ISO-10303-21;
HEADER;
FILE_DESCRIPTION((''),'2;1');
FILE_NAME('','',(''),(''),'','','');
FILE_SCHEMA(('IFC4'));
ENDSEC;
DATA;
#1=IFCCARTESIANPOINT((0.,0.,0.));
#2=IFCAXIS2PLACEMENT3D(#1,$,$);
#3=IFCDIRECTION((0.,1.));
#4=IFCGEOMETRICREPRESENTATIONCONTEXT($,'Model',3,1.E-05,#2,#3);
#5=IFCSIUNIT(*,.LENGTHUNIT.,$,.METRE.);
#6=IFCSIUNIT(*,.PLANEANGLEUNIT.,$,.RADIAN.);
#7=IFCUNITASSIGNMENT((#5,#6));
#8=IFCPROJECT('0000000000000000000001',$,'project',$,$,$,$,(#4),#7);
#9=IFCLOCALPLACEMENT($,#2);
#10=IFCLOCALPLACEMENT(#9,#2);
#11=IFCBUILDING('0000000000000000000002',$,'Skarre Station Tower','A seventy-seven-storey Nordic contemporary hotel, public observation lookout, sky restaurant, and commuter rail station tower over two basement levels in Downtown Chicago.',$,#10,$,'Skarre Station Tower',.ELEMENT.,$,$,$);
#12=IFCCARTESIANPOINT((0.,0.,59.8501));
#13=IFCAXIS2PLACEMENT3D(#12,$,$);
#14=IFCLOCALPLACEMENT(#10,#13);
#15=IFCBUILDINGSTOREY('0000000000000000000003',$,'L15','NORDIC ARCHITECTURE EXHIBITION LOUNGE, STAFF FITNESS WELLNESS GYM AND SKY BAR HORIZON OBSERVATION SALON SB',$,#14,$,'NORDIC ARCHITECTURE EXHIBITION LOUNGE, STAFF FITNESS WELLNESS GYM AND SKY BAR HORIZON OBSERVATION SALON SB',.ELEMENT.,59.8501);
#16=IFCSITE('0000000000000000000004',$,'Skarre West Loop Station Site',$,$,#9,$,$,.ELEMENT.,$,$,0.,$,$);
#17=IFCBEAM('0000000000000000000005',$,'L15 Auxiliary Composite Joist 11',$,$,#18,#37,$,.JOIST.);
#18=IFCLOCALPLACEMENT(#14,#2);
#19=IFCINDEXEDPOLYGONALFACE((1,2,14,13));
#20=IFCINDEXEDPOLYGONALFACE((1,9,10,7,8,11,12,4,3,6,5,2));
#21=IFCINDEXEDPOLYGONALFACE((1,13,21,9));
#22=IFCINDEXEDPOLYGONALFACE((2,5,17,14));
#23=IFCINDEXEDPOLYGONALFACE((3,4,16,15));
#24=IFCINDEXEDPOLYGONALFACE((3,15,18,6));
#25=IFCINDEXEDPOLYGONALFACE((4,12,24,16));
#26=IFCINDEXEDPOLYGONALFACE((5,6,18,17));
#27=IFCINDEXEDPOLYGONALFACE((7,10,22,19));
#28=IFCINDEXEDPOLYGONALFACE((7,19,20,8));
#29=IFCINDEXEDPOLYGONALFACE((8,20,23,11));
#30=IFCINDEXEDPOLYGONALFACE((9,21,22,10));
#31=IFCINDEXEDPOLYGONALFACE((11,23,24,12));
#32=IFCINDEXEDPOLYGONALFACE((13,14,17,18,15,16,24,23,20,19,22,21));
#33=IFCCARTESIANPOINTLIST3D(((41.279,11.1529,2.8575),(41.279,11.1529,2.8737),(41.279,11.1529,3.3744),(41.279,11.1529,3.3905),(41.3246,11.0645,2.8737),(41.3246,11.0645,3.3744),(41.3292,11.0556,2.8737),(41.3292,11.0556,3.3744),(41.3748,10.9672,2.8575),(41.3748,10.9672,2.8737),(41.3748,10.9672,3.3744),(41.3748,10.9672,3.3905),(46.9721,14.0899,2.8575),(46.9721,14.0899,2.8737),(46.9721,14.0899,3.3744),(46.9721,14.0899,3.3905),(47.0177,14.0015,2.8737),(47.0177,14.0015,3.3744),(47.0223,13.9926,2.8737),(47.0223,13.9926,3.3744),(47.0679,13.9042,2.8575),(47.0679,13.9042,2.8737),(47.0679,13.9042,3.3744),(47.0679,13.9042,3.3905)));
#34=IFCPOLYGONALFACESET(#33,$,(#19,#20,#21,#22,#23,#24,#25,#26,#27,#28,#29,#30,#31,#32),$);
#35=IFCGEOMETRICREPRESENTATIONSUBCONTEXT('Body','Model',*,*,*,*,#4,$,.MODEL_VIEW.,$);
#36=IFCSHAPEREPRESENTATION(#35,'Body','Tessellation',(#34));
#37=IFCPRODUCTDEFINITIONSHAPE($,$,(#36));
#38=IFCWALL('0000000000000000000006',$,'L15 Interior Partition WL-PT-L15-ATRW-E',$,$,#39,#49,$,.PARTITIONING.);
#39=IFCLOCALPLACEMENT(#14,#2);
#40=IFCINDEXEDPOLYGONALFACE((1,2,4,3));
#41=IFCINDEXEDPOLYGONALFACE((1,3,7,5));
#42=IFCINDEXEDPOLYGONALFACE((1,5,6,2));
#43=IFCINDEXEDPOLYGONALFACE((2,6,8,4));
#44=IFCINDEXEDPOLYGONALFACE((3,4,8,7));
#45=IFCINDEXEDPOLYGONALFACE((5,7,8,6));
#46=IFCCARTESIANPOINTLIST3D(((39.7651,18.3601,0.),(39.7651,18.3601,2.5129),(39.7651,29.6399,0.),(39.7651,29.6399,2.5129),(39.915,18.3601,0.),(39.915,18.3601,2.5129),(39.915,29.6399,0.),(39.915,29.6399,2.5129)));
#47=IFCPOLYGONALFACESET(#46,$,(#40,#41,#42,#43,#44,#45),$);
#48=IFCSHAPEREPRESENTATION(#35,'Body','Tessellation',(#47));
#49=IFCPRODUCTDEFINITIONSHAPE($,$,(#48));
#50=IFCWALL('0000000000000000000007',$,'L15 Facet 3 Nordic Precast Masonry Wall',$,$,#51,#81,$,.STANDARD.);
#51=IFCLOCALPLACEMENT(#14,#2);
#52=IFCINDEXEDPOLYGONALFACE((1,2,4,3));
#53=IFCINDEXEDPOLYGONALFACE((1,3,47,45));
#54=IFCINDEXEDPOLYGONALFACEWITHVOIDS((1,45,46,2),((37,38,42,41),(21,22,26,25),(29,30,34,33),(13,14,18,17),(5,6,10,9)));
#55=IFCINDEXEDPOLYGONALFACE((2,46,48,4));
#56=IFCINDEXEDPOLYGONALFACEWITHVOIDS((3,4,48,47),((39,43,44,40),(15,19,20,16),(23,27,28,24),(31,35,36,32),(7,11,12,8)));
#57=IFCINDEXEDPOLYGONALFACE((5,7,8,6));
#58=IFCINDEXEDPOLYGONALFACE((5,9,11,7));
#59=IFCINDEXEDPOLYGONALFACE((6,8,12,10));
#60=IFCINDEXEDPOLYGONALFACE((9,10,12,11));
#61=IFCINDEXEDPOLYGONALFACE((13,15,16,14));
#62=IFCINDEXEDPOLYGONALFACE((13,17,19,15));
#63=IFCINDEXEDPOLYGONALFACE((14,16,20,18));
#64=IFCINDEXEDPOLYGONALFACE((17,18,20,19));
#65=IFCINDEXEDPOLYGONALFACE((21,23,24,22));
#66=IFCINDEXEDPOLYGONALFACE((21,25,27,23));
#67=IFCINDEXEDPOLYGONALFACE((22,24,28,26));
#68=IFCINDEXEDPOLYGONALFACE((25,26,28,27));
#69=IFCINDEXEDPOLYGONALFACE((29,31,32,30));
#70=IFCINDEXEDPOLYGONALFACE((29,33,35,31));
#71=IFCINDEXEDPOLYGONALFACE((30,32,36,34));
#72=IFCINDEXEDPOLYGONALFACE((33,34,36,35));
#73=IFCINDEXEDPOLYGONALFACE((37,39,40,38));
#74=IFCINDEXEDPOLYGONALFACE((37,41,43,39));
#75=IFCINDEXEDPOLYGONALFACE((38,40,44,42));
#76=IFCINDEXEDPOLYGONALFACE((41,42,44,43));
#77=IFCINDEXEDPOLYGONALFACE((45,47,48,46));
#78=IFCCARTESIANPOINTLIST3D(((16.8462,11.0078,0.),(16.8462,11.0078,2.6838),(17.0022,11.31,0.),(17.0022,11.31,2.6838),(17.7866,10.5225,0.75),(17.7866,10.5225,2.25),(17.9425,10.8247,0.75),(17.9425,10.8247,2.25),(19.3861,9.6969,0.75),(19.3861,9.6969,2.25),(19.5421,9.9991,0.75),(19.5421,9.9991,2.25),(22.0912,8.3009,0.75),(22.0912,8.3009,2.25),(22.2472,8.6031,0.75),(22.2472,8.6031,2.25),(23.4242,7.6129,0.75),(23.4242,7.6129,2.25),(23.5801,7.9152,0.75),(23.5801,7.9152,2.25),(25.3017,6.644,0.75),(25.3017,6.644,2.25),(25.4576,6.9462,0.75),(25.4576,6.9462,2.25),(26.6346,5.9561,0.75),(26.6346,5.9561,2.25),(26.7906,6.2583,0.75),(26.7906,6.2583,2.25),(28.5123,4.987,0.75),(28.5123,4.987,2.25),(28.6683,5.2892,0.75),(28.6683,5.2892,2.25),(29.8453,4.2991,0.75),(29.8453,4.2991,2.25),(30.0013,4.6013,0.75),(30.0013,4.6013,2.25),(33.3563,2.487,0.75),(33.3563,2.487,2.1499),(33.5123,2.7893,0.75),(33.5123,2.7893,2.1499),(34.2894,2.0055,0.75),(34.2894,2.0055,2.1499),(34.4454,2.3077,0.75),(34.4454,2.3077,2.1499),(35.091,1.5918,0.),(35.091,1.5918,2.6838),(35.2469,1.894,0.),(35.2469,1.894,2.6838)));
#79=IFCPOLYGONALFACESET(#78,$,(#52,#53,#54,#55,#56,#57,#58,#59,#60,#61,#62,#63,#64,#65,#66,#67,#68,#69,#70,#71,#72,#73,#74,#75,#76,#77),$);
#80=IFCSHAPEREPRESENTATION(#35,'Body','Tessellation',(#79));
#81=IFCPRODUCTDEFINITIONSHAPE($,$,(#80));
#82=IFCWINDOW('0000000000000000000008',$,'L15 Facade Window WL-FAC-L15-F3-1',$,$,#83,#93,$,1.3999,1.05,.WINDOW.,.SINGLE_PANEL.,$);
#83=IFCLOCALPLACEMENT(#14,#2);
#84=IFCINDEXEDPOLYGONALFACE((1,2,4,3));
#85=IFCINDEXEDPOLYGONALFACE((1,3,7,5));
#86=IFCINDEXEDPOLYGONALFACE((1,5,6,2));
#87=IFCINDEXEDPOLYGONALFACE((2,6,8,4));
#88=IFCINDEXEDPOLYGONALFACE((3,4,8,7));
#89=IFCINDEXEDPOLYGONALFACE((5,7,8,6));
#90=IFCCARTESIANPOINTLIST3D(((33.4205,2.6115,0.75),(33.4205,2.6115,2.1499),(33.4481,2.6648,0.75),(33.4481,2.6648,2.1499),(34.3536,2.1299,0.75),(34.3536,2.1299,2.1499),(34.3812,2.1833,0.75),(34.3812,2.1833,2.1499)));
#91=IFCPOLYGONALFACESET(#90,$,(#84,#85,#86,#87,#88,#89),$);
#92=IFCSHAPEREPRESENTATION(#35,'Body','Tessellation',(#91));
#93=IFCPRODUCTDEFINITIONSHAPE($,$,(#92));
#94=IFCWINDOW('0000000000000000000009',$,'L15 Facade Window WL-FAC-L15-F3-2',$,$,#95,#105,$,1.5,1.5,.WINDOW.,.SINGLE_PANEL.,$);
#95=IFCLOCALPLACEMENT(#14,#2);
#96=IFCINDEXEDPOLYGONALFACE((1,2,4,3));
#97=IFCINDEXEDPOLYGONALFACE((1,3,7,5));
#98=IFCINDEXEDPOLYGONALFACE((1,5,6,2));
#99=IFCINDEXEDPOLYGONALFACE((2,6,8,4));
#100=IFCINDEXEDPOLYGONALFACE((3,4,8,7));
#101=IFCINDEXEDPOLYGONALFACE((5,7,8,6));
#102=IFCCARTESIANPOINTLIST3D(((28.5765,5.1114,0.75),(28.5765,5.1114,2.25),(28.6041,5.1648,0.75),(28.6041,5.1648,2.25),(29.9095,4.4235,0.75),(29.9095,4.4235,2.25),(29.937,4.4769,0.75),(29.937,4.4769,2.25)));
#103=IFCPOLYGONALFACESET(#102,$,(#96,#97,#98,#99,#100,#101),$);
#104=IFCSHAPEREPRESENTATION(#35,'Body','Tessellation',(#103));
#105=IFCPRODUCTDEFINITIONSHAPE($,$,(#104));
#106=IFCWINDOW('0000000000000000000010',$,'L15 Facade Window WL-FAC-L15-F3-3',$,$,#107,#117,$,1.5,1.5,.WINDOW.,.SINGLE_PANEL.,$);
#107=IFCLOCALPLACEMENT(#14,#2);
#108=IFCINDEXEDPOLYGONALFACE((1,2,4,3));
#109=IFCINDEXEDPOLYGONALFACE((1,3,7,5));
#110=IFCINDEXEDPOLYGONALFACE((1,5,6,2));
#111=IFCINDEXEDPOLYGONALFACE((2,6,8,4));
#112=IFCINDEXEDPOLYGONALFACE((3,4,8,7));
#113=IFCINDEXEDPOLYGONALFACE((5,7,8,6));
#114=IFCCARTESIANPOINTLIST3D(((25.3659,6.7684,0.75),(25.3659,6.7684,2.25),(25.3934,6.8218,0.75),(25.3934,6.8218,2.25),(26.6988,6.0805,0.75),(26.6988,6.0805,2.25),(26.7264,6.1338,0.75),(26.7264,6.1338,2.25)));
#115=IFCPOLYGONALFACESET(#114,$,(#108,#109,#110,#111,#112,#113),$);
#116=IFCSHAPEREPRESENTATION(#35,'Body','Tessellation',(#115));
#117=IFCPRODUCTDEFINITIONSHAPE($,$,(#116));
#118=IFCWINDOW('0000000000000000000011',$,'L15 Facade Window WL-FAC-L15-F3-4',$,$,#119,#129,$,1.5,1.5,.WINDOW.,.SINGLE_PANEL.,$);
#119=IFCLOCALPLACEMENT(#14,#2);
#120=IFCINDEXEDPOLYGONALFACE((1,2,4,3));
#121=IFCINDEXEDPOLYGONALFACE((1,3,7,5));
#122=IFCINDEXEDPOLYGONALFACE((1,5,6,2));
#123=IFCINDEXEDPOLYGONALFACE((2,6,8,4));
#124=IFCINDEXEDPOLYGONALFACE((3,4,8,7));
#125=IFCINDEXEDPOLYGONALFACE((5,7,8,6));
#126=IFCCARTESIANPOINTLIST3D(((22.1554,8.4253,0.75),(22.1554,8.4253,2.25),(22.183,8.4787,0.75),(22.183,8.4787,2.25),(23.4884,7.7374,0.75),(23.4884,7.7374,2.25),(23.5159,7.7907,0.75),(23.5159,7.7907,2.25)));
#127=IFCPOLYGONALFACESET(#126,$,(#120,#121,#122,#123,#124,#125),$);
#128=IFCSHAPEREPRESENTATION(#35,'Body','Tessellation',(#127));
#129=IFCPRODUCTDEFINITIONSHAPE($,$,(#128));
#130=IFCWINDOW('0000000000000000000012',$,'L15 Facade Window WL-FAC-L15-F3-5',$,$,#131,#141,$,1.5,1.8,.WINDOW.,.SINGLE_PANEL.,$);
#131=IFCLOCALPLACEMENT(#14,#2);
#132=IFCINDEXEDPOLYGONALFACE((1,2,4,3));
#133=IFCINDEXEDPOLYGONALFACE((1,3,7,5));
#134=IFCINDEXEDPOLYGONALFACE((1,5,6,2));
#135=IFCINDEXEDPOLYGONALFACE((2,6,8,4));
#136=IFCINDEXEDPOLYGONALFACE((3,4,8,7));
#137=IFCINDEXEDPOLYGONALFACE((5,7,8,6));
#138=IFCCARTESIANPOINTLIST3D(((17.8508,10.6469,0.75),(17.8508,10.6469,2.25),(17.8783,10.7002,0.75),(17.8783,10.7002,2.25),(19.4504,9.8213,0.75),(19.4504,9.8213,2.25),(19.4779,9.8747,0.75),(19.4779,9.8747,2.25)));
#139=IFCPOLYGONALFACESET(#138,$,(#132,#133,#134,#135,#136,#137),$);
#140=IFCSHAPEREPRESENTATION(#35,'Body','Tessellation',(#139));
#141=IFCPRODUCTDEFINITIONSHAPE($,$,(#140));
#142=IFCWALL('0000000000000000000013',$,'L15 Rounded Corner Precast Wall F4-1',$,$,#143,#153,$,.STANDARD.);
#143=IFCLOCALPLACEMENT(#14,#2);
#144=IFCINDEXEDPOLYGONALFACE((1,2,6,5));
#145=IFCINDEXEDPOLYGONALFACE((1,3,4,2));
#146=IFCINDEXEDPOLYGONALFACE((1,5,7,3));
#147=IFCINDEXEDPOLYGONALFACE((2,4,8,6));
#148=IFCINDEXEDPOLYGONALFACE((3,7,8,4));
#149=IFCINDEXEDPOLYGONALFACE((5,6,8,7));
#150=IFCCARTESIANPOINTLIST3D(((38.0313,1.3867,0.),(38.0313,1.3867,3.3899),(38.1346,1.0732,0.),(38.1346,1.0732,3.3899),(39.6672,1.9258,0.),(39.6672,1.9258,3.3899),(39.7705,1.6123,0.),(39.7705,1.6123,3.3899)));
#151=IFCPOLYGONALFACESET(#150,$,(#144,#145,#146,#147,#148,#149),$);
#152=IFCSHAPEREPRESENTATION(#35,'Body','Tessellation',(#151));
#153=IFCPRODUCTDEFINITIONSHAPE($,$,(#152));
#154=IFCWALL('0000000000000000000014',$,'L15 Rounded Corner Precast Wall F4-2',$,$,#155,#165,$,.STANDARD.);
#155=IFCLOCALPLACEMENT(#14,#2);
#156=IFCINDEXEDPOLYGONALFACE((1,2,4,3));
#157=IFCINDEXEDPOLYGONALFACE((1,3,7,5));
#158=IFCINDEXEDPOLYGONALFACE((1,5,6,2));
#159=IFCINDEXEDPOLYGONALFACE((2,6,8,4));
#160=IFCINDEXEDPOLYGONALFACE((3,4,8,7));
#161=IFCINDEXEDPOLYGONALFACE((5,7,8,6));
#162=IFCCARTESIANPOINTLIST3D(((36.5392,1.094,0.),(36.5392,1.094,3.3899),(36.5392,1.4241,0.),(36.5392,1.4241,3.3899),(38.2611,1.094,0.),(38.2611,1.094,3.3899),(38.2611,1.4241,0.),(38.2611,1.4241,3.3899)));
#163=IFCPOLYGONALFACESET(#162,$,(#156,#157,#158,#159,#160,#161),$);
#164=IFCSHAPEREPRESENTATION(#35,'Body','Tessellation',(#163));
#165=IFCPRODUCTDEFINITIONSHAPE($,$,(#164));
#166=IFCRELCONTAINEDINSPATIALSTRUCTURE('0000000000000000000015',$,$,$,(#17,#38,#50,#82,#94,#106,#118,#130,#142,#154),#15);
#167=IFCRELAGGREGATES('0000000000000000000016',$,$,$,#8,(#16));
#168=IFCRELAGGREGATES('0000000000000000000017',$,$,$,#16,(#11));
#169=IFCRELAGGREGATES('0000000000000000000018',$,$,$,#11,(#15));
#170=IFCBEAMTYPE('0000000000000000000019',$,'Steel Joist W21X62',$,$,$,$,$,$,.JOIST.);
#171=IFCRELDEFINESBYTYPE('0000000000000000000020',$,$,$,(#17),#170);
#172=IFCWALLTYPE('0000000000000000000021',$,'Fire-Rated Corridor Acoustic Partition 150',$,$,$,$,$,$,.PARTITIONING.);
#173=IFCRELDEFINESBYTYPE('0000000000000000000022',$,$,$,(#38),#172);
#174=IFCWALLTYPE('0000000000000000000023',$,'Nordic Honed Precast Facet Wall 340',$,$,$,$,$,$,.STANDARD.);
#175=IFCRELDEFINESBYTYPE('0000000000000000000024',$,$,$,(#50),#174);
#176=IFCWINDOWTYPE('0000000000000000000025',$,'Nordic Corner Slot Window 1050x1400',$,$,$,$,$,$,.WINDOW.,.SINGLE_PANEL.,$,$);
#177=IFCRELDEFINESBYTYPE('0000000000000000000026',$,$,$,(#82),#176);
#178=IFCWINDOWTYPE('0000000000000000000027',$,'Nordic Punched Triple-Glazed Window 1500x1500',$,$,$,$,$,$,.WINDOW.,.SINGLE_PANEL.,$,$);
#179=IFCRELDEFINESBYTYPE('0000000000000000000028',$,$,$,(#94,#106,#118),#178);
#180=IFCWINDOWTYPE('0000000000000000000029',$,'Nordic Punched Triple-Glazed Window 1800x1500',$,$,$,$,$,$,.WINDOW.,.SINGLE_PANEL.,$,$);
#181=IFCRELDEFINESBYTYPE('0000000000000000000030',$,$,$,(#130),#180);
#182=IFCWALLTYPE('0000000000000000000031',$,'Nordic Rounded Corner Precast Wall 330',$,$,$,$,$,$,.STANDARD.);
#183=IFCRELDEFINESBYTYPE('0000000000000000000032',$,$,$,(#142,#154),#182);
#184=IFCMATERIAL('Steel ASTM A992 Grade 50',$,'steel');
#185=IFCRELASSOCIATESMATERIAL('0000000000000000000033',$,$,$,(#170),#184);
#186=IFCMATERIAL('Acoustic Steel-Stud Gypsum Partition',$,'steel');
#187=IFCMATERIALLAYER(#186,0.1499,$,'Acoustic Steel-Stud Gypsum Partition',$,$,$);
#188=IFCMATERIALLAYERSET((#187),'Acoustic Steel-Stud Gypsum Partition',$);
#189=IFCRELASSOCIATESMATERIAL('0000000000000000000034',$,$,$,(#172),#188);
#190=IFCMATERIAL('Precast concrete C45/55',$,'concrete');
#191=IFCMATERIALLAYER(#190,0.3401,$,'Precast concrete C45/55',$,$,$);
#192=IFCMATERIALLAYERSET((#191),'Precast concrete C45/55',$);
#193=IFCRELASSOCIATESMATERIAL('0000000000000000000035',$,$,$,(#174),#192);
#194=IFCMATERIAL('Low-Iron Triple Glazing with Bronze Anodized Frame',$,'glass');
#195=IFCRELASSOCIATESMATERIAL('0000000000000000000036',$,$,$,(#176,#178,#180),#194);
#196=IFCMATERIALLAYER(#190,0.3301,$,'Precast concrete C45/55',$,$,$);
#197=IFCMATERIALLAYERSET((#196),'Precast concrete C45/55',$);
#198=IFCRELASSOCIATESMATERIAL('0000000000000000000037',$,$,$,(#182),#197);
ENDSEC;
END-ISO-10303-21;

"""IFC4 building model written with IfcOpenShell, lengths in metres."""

from ifc_helpers import new_model, si_unit, direction, frame, frame_2d, origin, origin_2d, place, context, subcontext, project, spatial, rectangle, i_section, extrude, material, layer, layer_set, material_profile, profile_set, type_object, element, fill, save


model = new_model("IFC4")

# Units and contexts
model_context = context("Model", 3, precision=1e-05, world=origin(), true_north=direction((0.0, 1.0)))
body_context = subcontext(model_context, "Body", "Model", "MODEL_VIEW")
ifc_project = project(units=[si_unit("LENGTHUNIT", "METRE"), si_unit("PLANEANGLEUNIT", "RADIAN")], contexts=[model_context])

# Site, building, storey
site_placement = place(None, origin())
site = spatial("IfcSite", under=ifc_project, at=site_placement, Name="Skarre West Loop Station Site", CompositionType="ELEMENT", RefElevation=0.0)
building_placement = place(site_placement, origin())
building = spatial("IfcBuilding", under=site, at=building_placement, Name="Skarre Station Tower", Description="A seventy-seven-storey Nordic contemporary hotel, public observation lookout, sky restaurant, and commuter rail station tower over two basement levels in Downtown Chicago.", LongName="Skarre Station Tower", CompositionType="ELEMENT")
storey_placement = place(building_placement, frame((0.0, 0.0, 59.8501)))
storey = spatial("IfcBuildingStorey", under=building, at=storey_placement, Name="L15", Description="NORDIC ARCHITECTURE EXHIBITION LOUNGE, STAFF FITNESS WELLNESS GYM AND SKY BAR HORIZON OBSERVATION SALON SB", LongName="NORDIC ARCHITECTURE EXHIBITION LOUNGE, STAFF FITNESS WELLNESS GYM AND SKY BAR HORIZON OBSERVATION SALON SB", CompositionType="ELEMENT", Elevation=59.8501)

# Beam
ifc_material_1 = material(Name="Steel ASTM A992 Grade 50", Category="steel")
ifc_material_profile_1 = material_profile(ifc_material_1, i_section(OverallWidth=0.209, OverallDepth=0.533, WebThickness=0.01, FlangeThickness=0.0161, at=origin_2d()), Name="Steel ASTM A992 Grade 50")
ifc_profile_set_1 = profile_set([ifc_material_profile_1], Name="Steel ASTM A992 Grade 50")
beam_type_1 = type_object("IfcBeamType", Name="Steel Joist W21X62", PredefinedType="JOIST", material=ifc_profile_set_1)
beam_1_placement = place(storey_placement, frame((41.3269, 11.0601, 3.124), z_axis=(0.888708, 0.458474, 0.0), x_axis=(-0.458474, 0.888708, 0.0)))
element("IfcBeam", 1, at=beam_1_placement, inside=storey, type_object=beam_type_1, Name="L15 Auxiliary Composite Joist 11", PredefinedType="JOIST", context=body_context, shape_type="SweptSolid", body=[
    extrude(i_section(OverallWidth=0.209, OverallDepth=0.533, WebThickness=0.01, FlangeThickness=0.0161, at=origin_2d()), origin(), (0.0, 0.0, 1.0), 6.406),
])

# Wall
ifc_material_2 = material(Name="Acoustic Steel-Stud Gypsum Partition", Category="steel")
ifc_layer_1 = layer(ifc_material_2, 0.1499, Name="Acoustic Steel-Stud Gypsum Partition")
ifc_layer_set_1 = layer_set([ifc_layer_1], Name="Acoustic Steel-Stud Gypsum Partition")
wall_type_1 = type_object("IfcWallType", Name="Fire-Rated Corridor Acoustic Partition 150", PredefinedType="PARTITIONING", material=ifc_layer_set_1)
wall_1_placement = place(storey_placement, frame((39.8401, 18.3601, 0.0), z_axis=(0.0, 0.0, 1.0), x_axis=(0.0, 1.0, 0.0)))
element("IfcWall", 2, at=wall_1_placement, inside=storey, type_object=wall_type_1, Name="L15 Interior Partition WL-PT-L15-ATRW-E", PredefinedType="PARTITIONING", context=body_context, shape_type="SweptSolid", body=[
    extrude(rectangle(XDim=11.2798, YDim=0.1499, at=frame_2d((5.6399, 0.0))), origin(), (0.0, 0.0, 1.0), 2.5129),
])

# Wall, openings, windows
ifc_material_3 = material(Name="Precast concrete C45/55", Category="concrete")
ifc_layer_2 = layer(ifc_material_3, 0.3401, Name="Precast concrete C45/55")
ifc_layer_set_2 = layer_set([ifc_layer_2], Name="Precast concrete C45/55")
wall_type_2 = type_object("IfcWallType", Name="Nordic Honed Precast Facet Wall 340", PredefinedType="STANDARD", material=ifc_layer_set_2)
wall_2_placement = place(storey_placement, frame((35.1689, 1.7429, 0.0), z_axis=(0.0, 0.0, 1.0), x_axis=(-0.888634, 0.458616, 0.0)))
wall_2 = element("IfcWall", 3, at=wall_2_placement, inside=storey, type_object=wall_type_2, Name="L15 Facet 3 Nordic Precast Masonry Wall", PredefinedType="STANDARD", context=body_context, shape_type="SweptSolid", body=[
    extrude(rectangle(XDim=20.5312, YDim=0.3401, at=frame_2d((10.2656, 0.0))), origin(), (0.0, 0.0, 1.0), 2.6838),
])
opening_1_placement = place(wall_2_placement, frame((0.9021, 0.0, 0.75)))
opening_1 = element("IfcOpeningElement", 4, at=opening_1_placement, cuts=wall_2, PredefinedType="OPENING", context=body_context, shape_type="SweptSolid", body=[
    extrude(rectangle(XDim=1.05, YDim=1.3999, at=frame_2d((0.5249, 0.7))), frame((0.0, 0.1799, 0.0), z_axis=(0.0, -1.0, 0.0), x_axis=(1.0, 0.0, 0.0)), (0.0, 0.0, 1.0), 0.3601),
])
opening_2_placement = place(wall_2_placement, frame((5.9031, 0.0, 0.75)))
opening_2 = element("IfcOpeningElement", 5, at=opening_2_placement, cuts=wall_2, PredefinedType="OPENING", context=body_context, shape_type="SweptSolid", body=[
    extrude(rectangle(XDim=1.5, YDim=1.5, at=frame_2d((0.75, 0.75))), frame((0.0, 0.1799, 0.0), z_axis=(0.0, -1.0, 0.0), x_axis=(1.0, 0.0, 0.0)), (0.0, 0.0, 1.0), 0.3601),
])
opening_3_placement = place(wall_2_placement, frame((9.5161, 0.0, 0.75)))
opening_3 = element("IfcOpeningElement", 6, at=opening_3_placement, cuts=wall_2, PredefinedType="OPENING", context=body_context, shape_type="SweptSolid", body=[
    extrude(rectangle(XDim=1.5, YDim=1.5, at=frame_2d((0.75, 0.75))), frame((0.0, 0.1799, 0.0), z_axis=(0.0, -1.0, 0.0), x_axis=(1.0, 0.0, 0.0)), (0.0, 0.0, 1.0), 0.3601),
])
opening_4_placement = place(wall_2_placement, frame((13.1289, 0.0, 0.75)))
opening_4 = element("IfcOpeningElement", 7, at=opening_4_placement, cuts=wall_2, PredefinedType="OPENING", context=body_context, shape_type="SweptSolid", body=[
    extrude(rectangle(XDim=1.5, YDim=1.5, at=frame_2d((0.75, 0.75))), frame((0.0, 0.1799, 0.0), z_axis=(0.0, -1.0, 0.0), x_axis=(1.0, 0.0, 0.0)), (0.0, 0.0, 1.0), 0.3601),
])
opening_5_placement = place(wall_2_placement, frame((17.6731, 0.0, 0.75)))
opening_5 = element("IfcOpeningElement", 8, at=opening_5_placement, cuts=wall_2, PredefinedType="OPENING", context=body_context, shape_type="SweptSolid", body=[
    extrude(rectangle(XDim=1.8, YDim=1.5, at=frame_2d((0.8999, 0.75))), frame((0.0, 0.1799, 0.0), z_axis=(0.0, -1.0, 0.0), x_axis=(1.0, 0.0, 0.0)), (0.0, 0.0, 1.0), 0.3601),
])
ifc_material_4 = material(Name="Low-Iron Triple Glazing with Bronze Anodized Frame", Category="glass")
window_type_1 = type_object("IfcWindowType", Name="Nordic Corner Slot Window 1050x1400", PartitioningType="SINGLE_PANEL", PredefinedType="WINDOW", material=ifc_material_4)
window_1_placement = place(opening_1_placement, origin())
window_1 = element("IfcWindow", 9, at=window_1_placement, inside=storey, type_object=window_type_1, Name="L15 Facade Window WL-FAC-L15-F3-1", OverallHeight=1.3999, OverallWidth=1.05, PartitioningType="SINGLE_PANEL", PredefinedType="WINDOW", context=body_context, shape_type="SweptSolid", body=[
    extrude(rectangle(XDim=1.05, YDim=1.3999, at=frame_2d((0.5249, 0.7))), frame((0.0, 0.03, 0.0), z_axis=(0.0, -1.0, 0.0), x_axis=(1.0, 0.0, 0.0)), (0.0, 0.0, 1.0), 0.0601),
])
fill(opening_1, window_1)
window_type_2 = type_object("IfcWindowType", Name="Nordic Punched Triple-Glazed Window 1500x1500", PartitioningType="SINGLE_PANEL", PredefinedType="WINDOW", material=ifc_material_4)
window_2_placement = place(opening_2_placement, origin())
window_2 = element("IfcWindow", 10, at=window_2_placement, inside=storey, type_object=window_type_2, Name="L15 Facade Window WL-FAC-L15-F3-2", OverallHeight=1.5, OverallWidth=1.5, PartitioningType="SINGLE_PANEL", PredefinedType="WINDOW", context=body_context, shape_type="SweptSolid", body=[
    extrude(rectangle(XDim=1.5, YDim=1.5, at=frame_2d((0.75, 0.75))), frame((0.0, 0.03, 0.0), z_axis=(0.0, -1.0, 0.0), x_axis=(1.0, 0.0, 0.0)), (0.0, 0.0, 1.0), 0.0601),
])
fill(opening_2, window_2)
window_3_placement = place(opening_3_placement, origin())
window_3 = element("IfcWindow", 11, at=window_3_placement, inside=storey, type_object=window_type_2, Name="L15 Facade Window WL-FAC-L15-F3-3", OverallHeight=1.5, OverallWidth=1.5, PartitioningType="SINGLE_PANEL", PredefinedType="WINDOW", context=body_context, shape_type="SweptSolid", body=[
    extrude(rectangle(XDim=1.5, YDim=1.5, at=frame_2d((0.75, 0.75))), frame((0.0, 0.03, 0.0), z_axis=(0.0, -1.0, 0.0), x_axis=(1.0, 0.0, 0.0)), (0.0, 0.0, 1.0), 0.0601),
])
fill(opening_3, window_3)
window_4_placement = place(opening_4_placement, origin())
window_4 = element("IfcWindow", 12, at=window_4_placement, inside=storey, type_object=window_type_2, Name="L15 Facade Window WL-FAC-L15-F3-4", OverallHeight=1.5, OverallWidth=1.5, PartitioningType="SINGLE_PANEL", PredefinedType="WINDOW", context=body_context, shape_type="SweptSolid", body=[
    extrude(rectangle(XDim=1.5, YDim=1.5, at=frame_2d((0.75, 0.75))), frame((0.0, 0.03, 0.0), z_axis=(0.0, -1.0, 0.0), x_axis=(1.0, 0.0, 0.0)), (0.0, 0.0, 1.0), 0.0601),
])
fill(opening_4, window_4)
window_type_3 = type_object("IfcWindowType", Name="Nordic Punched Triple-Glazed Window 1800x1500", PartitioningType="SINGLE_PANEL", PredefinedType="WINDOW", material=ifc_material_4)
window_5_placement = place(opening_5_placement, origin())
window_5 = element("IfcWindow", 13, at=window_5_placement, inside=storey, type_object=window_type_3, Name="L15 Facade Window WL-FAC-L15-F3-5", OverallHeight=1.5, OverallWidth=1.8, PartitioningType="SINGLE_PANEL", PredefinedType="WINDOW", context=body_context, shape_type="SweptSolid", body=[
    extrude(rectangle(XDim=1.8, YDim=1.5, at=frame_2d((0.8999, 0.75))), frame((0.0, 0.03, 0.0), z_axis=(0.0, -1.0, 0.0), x_axis=(1.0, 0.0, 0.0)), (0.0, 0.0, 1.0), 0.0601),
])
fill(opening_5, window_5)

# Walls
ifc_layer_3 = layer(ifc_material_3, 0.3301, Name="Precast concrete C45/55")
ifc_layer_set_3 = layer_set([ifc_layer_3], Name="Precast concrete C45/55")
wall_type_3 = type_object("IfcWallType", Name="Nordic Rounded Corner Precast Wall 330", PredefinedType="STANDARD", material=ifc_layer_set_3)
wall_3_placement = place(storey_placement, frame((39.719, 1.769, 0.0), z_axis=(0.0, 0.0, 1.0), x_axis=(-0.949769, -0.312952, 0.0)))
element("IfcWall", 14, at=wall_3_placement, inside=storey, type_object=wall_type_3, Name="L15 Rounded Corner Precast Wall F4-1", PredefinedType="STANDARD", context=body_context, shape_type="SweptSolid", body=[
    extrude(rectangle(XDim=1.7224, YDim=0.3301, at=frame_2d((0.8613, 0.0))), origin(), (0.0, 0.0, 1.0), 3.3899),
])
wall_4_placement = place(storey_placement, frame((38.261, 1.259, 0.0), z_axis=(0.0, 0.0, 1.0), x_axis=(-1.0, 0.0, 0.0)))
element("IfcWall", 15, at=wall_4_placement, inside=storey, type_object=wall_type_3, Name="L15 Rounded Corner Precast Wall F4-2", PredefinedType="STANDARD", context=body_context, shape_type="SweptSolid", body=[
    extrude(rectangle(XDim=1.7219, YDim=0.3301, at=frame_2d((0.8608, 0.0))), origin(), (0.0, 0.0, 1.0), 3.3899),
])

save(model, "model.ifc")
